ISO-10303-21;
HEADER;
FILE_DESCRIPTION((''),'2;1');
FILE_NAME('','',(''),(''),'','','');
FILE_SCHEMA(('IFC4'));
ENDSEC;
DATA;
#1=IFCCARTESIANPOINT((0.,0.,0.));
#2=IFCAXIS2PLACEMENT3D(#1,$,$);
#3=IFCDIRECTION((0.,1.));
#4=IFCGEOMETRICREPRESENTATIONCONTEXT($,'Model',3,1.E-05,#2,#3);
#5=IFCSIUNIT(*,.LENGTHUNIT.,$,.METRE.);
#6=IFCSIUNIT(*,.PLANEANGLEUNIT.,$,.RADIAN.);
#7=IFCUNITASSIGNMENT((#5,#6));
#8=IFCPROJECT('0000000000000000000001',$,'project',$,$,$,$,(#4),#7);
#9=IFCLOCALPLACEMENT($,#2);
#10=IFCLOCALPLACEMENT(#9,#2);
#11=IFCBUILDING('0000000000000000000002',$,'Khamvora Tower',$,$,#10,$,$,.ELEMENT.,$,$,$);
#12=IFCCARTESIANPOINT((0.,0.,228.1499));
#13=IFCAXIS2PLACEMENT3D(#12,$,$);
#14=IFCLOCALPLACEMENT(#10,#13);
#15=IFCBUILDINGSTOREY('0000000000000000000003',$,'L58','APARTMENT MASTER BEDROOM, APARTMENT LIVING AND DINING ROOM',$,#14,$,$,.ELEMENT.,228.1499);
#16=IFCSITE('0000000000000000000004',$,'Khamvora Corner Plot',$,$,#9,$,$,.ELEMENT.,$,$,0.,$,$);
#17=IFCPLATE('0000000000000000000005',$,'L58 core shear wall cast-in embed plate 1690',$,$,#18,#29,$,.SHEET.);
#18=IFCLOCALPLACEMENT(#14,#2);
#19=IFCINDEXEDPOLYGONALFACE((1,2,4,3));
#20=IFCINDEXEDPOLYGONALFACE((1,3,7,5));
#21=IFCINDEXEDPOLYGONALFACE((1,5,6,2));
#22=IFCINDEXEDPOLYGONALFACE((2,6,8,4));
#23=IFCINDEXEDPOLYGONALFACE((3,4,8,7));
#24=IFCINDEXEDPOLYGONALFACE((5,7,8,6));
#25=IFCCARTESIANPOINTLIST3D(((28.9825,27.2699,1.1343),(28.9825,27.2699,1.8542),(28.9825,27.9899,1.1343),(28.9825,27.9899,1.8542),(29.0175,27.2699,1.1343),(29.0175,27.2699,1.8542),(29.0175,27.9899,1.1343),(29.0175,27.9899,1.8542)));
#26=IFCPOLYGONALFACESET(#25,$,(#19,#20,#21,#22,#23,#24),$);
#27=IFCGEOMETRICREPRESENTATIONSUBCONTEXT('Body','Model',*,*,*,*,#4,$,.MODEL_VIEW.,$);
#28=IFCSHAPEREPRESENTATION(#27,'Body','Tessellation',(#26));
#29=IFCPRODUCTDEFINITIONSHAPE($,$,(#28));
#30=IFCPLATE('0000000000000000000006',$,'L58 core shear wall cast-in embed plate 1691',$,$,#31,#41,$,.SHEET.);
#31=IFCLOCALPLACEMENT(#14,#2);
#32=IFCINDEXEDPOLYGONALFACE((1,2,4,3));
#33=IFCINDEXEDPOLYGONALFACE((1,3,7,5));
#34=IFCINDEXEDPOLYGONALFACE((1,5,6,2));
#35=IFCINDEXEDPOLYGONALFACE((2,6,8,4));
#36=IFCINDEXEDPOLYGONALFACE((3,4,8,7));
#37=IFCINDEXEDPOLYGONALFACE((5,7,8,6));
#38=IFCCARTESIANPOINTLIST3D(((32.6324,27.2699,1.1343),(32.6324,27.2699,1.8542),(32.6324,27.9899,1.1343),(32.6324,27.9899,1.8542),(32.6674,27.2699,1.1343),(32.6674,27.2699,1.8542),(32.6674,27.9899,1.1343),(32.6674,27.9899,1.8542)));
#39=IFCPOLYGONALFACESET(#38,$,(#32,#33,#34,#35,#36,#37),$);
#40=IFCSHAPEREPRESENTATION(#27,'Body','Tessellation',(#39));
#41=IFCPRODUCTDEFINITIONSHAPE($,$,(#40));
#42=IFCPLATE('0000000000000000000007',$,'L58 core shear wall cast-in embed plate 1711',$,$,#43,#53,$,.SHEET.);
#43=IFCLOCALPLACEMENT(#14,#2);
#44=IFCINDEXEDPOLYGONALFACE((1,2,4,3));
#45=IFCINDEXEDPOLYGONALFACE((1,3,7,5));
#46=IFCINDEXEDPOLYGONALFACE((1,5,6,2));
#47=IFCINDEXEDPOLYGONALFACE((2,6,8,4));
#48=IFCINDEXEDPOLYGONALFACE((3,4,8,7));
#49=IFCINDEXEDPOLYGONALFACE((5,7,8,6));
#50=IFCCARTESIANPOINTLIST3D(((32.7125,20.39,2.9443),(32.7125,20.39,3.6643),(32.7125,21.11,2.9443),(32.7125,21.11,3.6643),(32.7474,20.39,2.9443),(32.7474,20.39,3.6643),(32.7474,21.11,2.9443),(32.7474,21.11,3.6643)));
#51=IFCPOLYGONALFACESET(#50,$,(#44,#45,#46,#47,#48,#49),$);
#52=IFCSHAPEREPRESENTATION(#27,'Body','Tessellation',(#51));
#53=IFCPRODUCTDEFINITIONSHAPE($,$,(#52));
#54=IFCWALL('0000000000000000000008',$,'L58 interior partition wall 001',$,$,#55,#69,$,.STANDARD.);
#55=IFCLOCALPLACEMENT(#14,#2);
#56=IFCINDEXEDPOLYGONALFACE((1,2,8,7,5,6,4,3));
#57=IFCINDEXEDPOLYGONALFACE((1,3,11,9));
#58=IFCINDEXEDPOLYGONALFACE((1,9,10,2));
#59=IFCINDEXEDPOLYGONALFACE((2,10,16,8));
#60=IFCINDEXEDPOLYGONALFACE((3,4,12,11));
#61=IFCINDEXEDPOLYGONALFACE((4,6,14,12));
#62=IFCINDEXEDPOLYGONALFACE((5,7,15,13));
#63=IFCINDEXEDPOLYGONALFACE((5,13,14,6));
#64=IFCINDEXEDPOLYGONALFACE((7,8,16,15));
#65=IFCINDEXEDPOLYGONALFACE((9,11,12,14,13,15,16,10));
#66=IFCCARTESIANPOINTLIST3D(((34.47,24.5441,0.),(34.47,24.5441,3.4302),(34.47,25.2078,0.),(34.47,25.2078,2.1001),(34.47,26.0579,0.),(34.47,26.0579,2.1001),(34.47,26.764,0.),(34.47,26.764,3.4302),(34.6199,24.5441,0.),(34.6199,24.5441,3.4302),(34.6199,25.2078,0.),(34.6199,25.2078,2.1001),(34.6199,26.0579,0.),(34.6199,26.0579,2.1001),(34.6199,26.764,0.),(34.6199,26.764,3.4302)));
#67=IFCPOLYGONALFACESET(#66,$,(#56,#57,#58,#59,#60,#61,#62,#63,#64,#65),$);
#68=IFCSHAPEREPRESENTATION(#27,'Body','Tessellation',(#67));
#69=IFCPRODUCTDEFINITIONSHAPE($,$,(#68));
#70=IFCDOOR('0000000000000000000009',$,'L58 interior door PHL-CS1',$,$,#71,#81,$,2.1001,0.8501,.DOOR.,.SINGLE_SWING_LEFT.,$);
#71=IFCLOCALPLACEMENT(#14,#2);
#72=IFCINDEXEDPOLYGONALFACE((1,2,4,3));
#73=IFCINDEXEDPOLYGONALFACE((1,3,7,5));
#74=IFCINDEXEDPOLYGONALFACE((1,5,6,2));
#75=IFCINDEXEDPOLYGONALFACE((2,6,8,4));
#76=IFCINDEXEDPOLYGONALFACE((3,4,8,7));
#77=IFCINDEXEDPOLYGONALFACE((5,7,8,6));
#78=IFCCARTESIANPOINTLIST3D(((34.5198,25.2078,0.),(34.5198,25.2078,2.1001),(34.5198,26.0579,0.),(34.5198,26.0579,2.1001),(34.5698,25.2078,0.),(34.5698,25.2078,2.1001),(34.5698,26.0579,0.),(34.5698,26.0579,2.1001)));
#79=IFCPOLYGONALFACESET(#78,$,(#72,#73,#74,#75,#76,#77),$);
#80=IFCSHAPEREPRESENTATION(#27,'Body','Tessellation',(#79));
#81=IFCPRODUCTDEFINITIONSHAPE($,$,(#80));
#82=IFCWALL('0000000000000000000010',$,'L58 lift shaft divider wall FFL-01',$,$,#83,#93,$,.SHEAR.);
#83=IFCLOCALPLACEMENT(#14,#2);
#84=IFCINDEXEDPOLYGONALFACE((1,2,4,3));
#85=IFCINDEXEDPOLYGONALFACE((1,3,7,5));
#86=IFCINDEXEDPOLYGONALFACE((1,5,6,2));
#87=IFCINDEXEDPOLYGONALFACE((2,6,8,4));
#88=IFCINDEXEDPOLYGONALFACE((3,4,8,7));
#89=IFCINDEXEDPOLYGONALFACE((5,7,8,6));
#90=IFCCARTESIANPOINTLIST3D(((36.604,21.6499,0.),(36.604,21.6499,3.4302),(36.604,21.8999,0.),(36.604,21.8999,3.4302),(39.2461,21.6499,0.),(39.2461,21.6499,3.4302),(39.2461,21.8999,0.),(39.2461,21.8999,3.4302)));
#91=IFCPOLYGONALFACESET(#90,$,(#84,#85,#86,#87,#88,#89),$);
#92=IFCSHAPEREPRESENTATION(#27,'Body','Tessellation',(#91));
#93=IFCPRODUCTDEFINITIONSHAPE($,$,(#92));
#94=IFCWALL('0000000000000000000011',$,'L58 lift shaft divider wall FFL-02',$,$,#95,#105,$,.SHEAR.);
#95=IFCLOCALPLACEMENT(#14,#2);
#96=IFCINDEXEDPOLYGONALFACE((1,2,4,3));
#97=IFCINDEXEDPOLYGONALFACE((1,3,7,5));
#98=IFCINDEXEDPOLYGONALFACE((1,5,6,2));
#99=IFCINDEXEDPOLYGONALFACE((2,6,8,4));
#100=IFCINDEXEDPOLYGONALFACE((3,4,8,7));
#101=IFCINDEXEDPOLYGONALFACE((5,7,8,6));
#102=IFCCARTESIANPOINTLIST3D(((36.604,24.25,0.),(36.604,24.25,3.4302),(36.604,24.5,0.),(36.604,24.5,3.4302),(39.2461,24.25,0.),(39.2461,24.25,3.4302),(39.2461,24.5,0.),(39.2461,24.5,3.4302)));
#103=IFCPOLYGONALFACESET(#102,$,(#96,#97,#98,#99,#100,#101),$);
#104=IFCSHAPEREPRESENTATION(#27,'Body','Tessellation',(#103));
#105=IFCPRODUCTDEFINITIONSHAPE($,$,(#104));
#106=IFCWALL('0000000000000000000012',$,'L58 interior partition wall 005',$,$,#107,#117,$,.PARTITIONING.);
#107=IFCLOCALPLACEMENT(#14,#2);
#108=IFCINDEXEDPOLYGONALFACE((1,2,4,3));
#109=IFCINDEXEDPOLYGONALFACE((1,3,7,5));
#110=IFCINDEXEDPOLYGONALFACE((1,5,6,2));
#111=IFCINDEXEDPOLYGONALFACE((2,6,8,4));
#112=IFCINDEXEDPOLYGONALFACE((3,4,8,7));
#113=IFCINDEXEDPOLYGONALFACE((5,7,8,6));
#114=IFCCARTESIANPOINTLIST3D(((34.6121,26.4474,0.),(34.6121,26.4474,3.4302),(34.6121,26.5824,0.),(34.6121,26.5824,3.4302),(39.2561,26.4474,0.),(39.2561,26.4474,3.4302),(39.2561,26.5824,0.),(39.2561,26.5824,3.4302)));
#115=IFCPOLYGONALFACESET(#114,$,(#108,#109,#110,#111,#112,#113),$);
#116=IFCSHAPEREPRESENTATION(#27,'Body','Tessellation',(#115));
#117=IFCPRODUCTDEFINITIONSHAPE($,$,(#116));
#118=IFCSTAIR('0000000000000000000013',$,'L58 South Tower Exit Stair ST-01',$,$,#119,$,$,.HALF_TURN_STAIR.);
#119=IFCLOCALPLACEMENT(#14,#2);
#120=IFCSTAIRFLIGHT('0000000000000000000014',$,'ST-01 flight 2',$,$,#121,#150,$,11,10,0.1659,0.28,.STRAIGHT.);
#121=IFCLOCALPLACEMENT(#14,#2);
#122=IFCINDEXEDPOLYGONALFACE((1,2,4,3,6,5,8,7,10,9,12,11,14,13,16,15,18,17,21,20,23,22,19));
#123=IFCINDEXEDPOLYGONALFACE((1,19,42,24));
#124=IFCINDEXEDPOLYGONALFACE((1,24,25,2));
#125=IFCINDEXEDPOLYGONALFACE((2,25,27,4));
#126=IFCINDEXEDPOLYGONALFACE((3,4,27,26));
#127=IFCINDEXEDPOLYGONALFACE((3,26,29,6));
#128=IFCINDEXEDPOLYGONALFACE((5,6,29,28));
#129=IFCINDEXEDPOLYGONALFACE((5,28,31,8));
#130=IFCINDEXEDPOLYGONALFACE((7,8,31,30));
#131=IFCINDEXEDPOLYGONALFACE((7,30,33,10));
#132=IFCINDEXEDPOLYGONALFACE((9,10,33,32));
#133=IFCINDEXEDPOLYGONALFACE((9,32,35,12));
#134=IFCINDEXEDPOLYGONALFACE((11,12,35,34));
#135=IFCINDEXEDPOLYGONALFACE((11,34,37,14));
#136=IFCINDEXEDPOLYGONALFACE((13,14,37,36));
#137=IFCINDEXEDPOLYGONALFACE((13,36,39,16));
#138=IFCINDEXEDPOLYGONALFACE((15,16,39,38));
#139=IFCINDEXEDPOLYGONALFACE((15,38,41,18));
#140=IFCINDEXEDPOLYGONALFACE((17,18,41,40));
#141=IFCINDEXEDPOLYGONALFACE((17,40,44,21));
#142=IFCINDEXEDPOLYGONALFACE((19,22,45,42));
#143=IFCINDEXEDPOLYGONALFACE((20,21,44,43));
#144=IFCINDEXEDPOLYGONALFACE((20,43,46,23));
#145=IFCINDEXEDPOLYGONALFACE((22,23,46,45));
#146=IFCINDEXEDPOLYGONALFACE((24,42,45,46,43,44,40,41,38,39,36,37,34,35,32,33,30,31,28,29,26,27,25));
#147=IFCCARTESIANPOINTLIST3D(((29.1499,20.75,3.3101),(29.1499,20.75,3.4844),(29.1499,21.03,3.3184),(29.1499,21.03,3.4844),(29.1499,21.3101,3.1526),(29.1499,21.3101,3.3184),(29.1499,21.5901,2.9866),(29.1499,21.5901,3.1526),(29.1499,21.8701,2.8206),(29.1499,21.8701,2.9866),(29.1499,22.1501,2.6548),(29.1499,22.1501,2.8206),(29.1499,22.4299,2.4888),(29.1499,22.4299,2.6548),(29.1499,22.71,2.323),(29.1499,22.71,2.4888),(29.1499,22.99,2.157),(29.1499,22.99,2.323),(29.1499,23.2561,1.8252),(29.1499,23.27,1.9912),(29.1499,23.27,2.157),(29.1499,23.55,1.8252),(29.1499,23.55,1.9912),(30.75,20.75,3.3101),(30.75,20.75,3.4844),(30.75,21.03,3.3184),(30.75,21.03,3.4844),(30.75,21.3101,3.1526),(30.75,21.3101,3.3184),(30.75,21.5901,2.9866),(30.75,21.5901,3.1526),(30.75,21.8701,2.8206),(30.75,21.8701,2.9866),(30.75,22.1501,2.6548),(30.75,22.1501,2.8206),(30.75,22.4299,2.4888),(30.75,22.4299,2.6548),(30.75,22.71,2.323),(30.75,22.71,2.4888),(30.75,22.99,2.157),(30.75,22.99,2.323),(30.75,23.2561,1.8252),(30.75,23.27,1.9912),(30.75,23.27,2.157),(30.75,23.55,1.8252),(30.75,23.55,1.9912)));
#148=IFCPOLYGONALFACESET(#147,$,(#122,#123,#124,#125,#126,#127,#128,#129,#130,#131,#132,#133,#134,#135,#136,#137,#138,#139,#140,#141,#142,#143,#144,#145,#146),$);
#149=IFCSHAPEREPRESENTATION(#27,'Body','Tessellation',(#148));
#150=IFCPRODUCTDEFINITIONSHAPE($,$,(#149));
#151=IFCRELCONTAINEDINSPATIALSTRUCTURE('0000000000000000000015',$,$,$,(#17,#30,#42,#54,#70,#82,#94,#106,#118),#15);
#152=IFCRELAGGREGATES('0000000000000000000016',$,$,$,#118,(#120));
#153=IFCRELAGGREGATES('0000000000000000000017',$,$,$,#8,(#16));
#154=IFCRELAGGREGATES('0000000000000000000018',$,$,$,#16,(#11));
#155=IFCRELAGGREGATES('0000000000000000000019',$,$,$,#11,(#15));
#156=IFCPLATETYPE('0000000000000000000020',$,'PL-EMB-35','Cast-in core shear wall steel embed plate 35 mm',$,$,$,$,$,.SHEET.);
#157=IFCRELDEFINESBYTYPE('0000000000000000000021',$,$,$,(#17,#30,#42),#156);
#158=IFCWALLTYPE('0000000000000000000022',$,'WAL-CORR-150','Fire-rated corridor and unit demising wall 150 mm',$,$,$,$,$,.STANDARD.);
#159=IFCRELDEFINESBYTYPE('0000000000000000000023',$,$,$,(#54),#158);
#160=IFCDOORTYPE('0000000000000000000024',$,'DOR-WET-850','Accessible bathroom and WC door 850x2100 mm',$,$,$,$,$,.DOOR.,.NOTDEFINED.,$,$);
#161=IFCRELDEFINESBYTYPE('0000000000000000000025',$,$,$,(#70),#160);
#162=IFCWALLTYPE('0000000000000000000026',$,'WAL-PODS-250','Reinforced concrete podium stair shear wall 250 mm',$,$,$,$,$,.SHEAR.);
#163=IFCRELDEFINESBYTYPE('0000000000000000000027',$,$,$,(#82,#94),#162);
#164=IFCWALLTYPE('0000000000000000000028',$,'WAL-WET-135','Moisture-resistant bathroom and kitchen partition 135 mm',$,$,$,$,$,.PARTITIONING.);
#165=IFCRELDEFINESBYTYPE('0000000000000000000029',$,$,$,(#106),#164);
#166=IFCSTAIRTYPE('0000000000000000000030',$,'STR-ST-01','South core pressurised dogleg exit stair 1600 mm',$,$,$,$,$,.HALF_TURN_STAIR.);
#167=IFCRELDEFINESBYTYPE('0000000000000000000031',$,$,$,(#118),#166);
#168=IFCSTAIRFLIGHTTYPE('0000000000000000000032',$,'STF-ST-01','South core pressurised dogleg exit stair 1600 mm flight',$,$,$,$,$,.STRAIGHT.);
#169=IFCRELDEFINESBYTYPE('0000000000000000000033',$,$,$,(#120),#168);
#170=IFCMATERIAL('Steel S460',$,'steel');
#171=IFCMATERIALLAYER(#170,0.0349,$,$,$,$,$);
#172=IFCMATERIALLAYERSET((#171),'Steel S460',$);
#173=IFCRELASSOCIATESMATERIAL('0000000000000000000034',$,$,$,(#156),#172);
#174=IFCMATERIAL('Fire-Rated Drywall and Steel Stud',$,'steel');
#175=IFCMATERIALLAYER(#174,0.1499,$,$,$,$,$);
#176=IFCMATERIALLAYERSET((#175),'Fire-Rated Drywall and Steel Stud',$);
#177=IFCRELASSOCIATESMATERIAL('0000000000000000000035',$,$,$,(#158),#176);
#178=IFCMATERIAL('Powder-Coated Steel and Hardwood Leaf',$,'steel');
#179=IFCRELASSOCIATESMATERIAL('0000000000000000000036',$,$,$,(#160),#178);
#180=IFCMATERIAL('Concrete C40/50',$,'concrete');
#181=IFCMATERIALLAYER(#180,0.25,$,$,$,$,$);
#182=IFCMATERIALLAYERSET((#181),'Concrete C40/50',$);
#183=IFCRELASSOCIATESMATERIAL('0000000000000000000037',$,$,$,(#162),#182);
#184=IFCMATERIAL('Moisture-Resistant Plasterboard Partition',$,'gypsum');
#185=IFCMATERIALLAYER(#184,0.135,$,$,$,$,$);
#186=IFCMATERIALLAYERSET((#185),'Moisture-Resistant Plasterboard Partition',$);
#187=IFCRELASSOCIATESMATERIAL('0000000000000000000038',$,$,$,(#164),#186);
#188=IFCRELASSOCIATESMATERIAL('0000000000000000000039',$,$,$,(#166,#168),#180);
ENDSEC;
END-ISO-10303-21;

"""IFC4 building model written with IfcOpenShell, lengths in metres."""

from ifc_helpers import new_model, si_unit, direction, frame, frame_2d, origin, origin_2d, place, context, subcontext, project, spatial, polyline, rectangle, outline, extrude, material, layer, layer_set, type_object, element, fill, aggregate, save


model = new_model("IFC4")

# Units and contexts
model_context = context("Model", 3, precision=1e-05, world=origin(), true_north=direction((0.0, 1.0)))
body_context = subcontext(model_context, "Body", "Model", "MODEL_VIEW")
ifc_project = project(units=[si_unit("LENGTHUNIT", "METRE"), si_unit("PLANEANGLEUNIT", "RADIAN")], contexts=[model_context])

# Site, building, storey
site_placement = place(None, origin())
site = spatial("IfcSite", under=ifc_project, at=site_placement, Name="Khamvora Corner Plot", CompositionType="ELEMENT", RefElevation=0.0)
building_placement = place(site_placement, origin())
building = spatial("IfcBuilding", under=site, at=building_placement, Name="Khamvora Tower", CompositionType="ELEMENT")
storey_placement = place(building_placement, frame((0.0, 0.0, 228.1499)))
storey = spatial("IfcBuildingStorey", under=building, at=storey_placement, Name="L58", Description="APARTMENT MASTER BEDROOM, APARTMENT LIVING AND DINING ROOM", CompositionType="ELEMENT", Elevation=228.1499)

# Shared definitions
ifc_material_1 = material(Name="Steel S460", Category="steel")

# Plates
ifc_layer_1 = layer(ifc_material_1, 0.0349)
ifc_layer_set_1 = layer_set([ifc_layer_1], Name="Steel S460")
plate_type_1 = type_object("IfcPlateType", Name="PL-EMB-35", Description="Cast-in core shear wall steel embed plate 35 mm", PredefinedType="SHEET", material=ifc_layer_set_1)
for number, where, z_axis, x_axis, name in (
    (1, (29.0, 27.6299, 1.1343), (0.0, 0.0, 1.0), (1.0, 0.0, 0.0), "L58 core shear wall cast-in embed plate 1690"),
    (2, (32.6499, 27.6299, 1.1343), (0.0, 0.0, 1.0), (1.0, 0.0, 0.0), "L58 core shear wall cast-in embed plate 1691"),
    (3, (32.73, 20.75, 2.9443), (0.0, 0.0, 1.0), (1.0, 0.0, 0.0), "L58 core shear wall cast-in embed plate 1711"),
):
    element("IfcPlate", number, at=place(storey_placement, frame(where, z_axis=z_axis, x_axis=x_axis)), inside=storey, type_object=plate_type_1, Name=name, PredefinedType="SHEET", context=body_context, shape_type="SweptSolid", body=[
        extrude(rectangle(XDim=0.0349, YDim=0.72, at=origin_2d()), origin(), (0.0, 0.0, 1.0), 0.72),
    ])

# Wall, opening, door
ifc_material_2 = material(Name="Powder-Coated Steel and Hardwood Leaf", Category="steel")
ifc_material_3 = material(Name="Fire-Rated Drywall and Steel Stud", Category="steel")
ifc_layer_2 = layer(ifc_material_3, 0.1499)
ifc_layer_set_2 = layer_set([ifc_layer_2], Name="Fire-Rated Drywall and Steel Stud")
wall_type_1 = type_object("IfcWallType", Name="WAL-CORR-150", Description="Fire-rated corridor and unit demising wall 150 mm", PredefinedType="STANDARD", material=ifc_layer_set_2)
wall_1_placement = place(storey_placement, frame((34.5449, 26.7639, 0.0), z_axis=(0.0, 0.0, 1.0), x_axis=(0.0, -1.0, 0.0)))
wall_1 = element("IfcWall", 4, at=wall_1_placement, inside=storey, type_object=wall_type_1, Name="L58 interior partition wall 001", PredefinedType="STANDARD", context=body_context, shape_type="SweptSolid", body=[
    extrude(rectangle(XDim=2.22, YDim=0.1499, at=frame_2d((1.1099, 0.0))), origin(), (0.0, 0.0, 1.0), 3.4302),
])
opening_1_placement = place(wall_1_placement, frame((0.7061, 0.0, 0.0)))
opening_1 = element("IfcOpeningElement", 5, at=opening_1_placement, cuts=wall_1, PredefinedType="OPENING", context=body_context, shape_type="SweptSolid", body=[
    extrude(rectangle(XDim=0.8501, YDim=2.1001, at=frame_2d((0.425, 1.05))), frame((0.0, 0.085, 0.0), z_axis=(0.0, -1.0, 0.0), x_axis=(1.0, 0.0, 0.0)), (0.0, 0.0, 1.0), 0.1699),
])
door_type_1 = type_object("IfcDoorType", Name="DOR-WET-850", Description="Accessible bathroom and WC door 850x2100 mm", OperationType="NOTDEFINED", PredefinedType="DOOR", material=ifc_material_2)
door_1_placement = place(opening_1_placement, origin())
door_1 = element("IfcDoor", 6, at=door_1_placement, inside=storey, type_object=door_type_1, Name="L58 interior door PHL-CS1", OperationType="SINGLE_SWING_LEFT", OverallHeight=2.1001, OverallWidth=0.8501, PredefinedType="DOOR", context=body_context, shape_type="SweptSolid", body=[
    extrude(rectangle(XDim=0.8501, YDim=2.1001, at=frame_2d((0.425, 1.05))), frame((0.0, 0.0249, 0.0), z_axis=(0.0, -1.0, 0.0), x_axis=(1.0, 0.0, 0.0)), (0.0, 0.0, 1.0), 0.05),
])
fill(opening_1, door_1)

# Walls
ifc_material_4 = material(Name="Concrete C40/50", Category="concrete")
ifc_layer_3 = layer(ifc_material_4, 0.25)
ifc_layer_set_3 = layer_set([ifc_layer_3], Name="Concrete C40/50")
wall_type_2 = type_object("IfcWallType", Name="WAL-PODS-250", Description="Reinforced concrete podium stair shear wall 250 mm", PredefinedType="SHEAR", material=ifc_layer_set_3)
for number, where, z_axis, x_axis, name in (
    (7, (36.604, 21.7749, 0.0), (0.0, 0.0, 1.0), (1.0, 0.0, 0.0), "L58 lift shaft divider wall FFL-01"),
    (8, (36.604, 24.375, 0.0), (0.0, 0.0, 1.0), (1.0, 0.0, 0.0), "L58 lift shaft divider wall FFL-02"),
):
    element("IfcWall", number, at=place(storey_placement, frame(where, z_axis=z_axis, x_axis=x_axis)), inside=storey, type_object=wall_type_2, Name=name, PredefinedType="SHEAR", context=body_context, shape_type="SweptSolid", body=[
        extrude(rectangle(XDim=2.6421, YDim=0.25, at=frame_2d((1.321, 0.0))), origin(), (0.0, 0.0, 1.0), 3.4302),
    ])
ifc_material_5 = material(Name="Moisture-Resistant Plasterboard Partition", Category="gypsum")
ifc_layer_4 = layer(ifc_material_5, 0.135)
ifc_layer_set_4 = layer_set([ifc_layer_4], Name="Moisture-Resistant Plasterboard Partition")
wall_type_3 = type_object("IfcWallType", Name="WAL-WET-135", Description="Moisture-resistant bathroom and kitchen partition 135 mm", PredefinedType="PARTITIONING", material=ifc_layer_set_4)
wall_2_placement = place(storey_placement, frame((34.6121, 26.5149, 0.0), z_axis=(0.0, 0.0, 1.0), x_axis=(1.0, 0.0, 0.0)))
element("IfcWall", 9, at=wall_2_placement, inside=storey, type_object=wall_type_3, Name="L58 interior partition wall 005", PredefinedType="PARTITIONING", context=body_context, shape_type="SweptSolid", body=[
    extrude(rectangle(XDim=4.644, YDim=0.135, at=frame_2d((2.322, 0.0))), origin(), (0.0, 0.0, 1.0), 3.4302),
])

# Stair, stair flight
stair_type = type_object("IfcStairType", Name="STR-ST-01", Description="South core pressurised dogleg exit stair 1600 mm", PredefinedType="HALF_TURN_STAIR", material=ifc_material_4)
stair_placement = place(storey_placement, origin())
stair = element("IfcStair", 10, at=stair_placement, inside=storey, type_object=stair_type, Name="L58 South Tower Exit Stair ST-01", PredefinedType="HALF_TURN_STAIR")
stair_flight_type = type_object("IfcStairFlightType", Name="STF-ST-01", Description="South core pressurised dogleg exit stair 1600 mm flight", PredefinedType="STRAIGHT", material=ifc_material_4)
stair_flight_placement = place(storey_placement, frame((29.95, 23.55, 1.8252), z_axis=(0.0, 0.0, 1.0), x_axis=(0.0, -1.0, 0.0)))
stair_flight = element("IfcStairFlight", 11, at=stair_flight_placement, type_object=stair_flight_type, Name="ST-01 flight 2", NumberOfRisers=11, NumberOfTreads=10, PredefinedType="STRAIGHT", RiserHeight=0.1659, TreadLength=0.28, context=body_context, shape_type="SweptSolid", body=[
    extrude(outline(polyline([(0.0, 0.0), (0.0, 0.166), (0.28, 0.166), (0.28, 0.3318), (0.5601, 0.3318), (0.5601, 0.4978), (0.8401, 0.4978), (0.8401, 0.6636), (1.1201, 0.6636), (1.1201, 0.8296), (1.3999, 0.8296), (1.3999, 0.9954), (1.6799, 0.9954), (1.6799, 1.1614), (1.96, 1.1614), (1.96, 1.3274), (2.24, 1.3274), (2.24, 1.4932), (2.52, 1.4932), (2.52, 1.6592), (2.8, 1.6592), (2.8, 1.825), (2.8, 1.4849), (0.2939, 0.0), (0.0, 0.0)])), frame((0.0, 0.8, 0.0), z_axis=(0.0, -1.0, 0.0), x_axis=(1.0, 0.0, 0.0)), (0.0, 0.0, 1.0), 1.6001),
])
aggregate(stair, [stair_flight])

save(model, "model.ifc")
